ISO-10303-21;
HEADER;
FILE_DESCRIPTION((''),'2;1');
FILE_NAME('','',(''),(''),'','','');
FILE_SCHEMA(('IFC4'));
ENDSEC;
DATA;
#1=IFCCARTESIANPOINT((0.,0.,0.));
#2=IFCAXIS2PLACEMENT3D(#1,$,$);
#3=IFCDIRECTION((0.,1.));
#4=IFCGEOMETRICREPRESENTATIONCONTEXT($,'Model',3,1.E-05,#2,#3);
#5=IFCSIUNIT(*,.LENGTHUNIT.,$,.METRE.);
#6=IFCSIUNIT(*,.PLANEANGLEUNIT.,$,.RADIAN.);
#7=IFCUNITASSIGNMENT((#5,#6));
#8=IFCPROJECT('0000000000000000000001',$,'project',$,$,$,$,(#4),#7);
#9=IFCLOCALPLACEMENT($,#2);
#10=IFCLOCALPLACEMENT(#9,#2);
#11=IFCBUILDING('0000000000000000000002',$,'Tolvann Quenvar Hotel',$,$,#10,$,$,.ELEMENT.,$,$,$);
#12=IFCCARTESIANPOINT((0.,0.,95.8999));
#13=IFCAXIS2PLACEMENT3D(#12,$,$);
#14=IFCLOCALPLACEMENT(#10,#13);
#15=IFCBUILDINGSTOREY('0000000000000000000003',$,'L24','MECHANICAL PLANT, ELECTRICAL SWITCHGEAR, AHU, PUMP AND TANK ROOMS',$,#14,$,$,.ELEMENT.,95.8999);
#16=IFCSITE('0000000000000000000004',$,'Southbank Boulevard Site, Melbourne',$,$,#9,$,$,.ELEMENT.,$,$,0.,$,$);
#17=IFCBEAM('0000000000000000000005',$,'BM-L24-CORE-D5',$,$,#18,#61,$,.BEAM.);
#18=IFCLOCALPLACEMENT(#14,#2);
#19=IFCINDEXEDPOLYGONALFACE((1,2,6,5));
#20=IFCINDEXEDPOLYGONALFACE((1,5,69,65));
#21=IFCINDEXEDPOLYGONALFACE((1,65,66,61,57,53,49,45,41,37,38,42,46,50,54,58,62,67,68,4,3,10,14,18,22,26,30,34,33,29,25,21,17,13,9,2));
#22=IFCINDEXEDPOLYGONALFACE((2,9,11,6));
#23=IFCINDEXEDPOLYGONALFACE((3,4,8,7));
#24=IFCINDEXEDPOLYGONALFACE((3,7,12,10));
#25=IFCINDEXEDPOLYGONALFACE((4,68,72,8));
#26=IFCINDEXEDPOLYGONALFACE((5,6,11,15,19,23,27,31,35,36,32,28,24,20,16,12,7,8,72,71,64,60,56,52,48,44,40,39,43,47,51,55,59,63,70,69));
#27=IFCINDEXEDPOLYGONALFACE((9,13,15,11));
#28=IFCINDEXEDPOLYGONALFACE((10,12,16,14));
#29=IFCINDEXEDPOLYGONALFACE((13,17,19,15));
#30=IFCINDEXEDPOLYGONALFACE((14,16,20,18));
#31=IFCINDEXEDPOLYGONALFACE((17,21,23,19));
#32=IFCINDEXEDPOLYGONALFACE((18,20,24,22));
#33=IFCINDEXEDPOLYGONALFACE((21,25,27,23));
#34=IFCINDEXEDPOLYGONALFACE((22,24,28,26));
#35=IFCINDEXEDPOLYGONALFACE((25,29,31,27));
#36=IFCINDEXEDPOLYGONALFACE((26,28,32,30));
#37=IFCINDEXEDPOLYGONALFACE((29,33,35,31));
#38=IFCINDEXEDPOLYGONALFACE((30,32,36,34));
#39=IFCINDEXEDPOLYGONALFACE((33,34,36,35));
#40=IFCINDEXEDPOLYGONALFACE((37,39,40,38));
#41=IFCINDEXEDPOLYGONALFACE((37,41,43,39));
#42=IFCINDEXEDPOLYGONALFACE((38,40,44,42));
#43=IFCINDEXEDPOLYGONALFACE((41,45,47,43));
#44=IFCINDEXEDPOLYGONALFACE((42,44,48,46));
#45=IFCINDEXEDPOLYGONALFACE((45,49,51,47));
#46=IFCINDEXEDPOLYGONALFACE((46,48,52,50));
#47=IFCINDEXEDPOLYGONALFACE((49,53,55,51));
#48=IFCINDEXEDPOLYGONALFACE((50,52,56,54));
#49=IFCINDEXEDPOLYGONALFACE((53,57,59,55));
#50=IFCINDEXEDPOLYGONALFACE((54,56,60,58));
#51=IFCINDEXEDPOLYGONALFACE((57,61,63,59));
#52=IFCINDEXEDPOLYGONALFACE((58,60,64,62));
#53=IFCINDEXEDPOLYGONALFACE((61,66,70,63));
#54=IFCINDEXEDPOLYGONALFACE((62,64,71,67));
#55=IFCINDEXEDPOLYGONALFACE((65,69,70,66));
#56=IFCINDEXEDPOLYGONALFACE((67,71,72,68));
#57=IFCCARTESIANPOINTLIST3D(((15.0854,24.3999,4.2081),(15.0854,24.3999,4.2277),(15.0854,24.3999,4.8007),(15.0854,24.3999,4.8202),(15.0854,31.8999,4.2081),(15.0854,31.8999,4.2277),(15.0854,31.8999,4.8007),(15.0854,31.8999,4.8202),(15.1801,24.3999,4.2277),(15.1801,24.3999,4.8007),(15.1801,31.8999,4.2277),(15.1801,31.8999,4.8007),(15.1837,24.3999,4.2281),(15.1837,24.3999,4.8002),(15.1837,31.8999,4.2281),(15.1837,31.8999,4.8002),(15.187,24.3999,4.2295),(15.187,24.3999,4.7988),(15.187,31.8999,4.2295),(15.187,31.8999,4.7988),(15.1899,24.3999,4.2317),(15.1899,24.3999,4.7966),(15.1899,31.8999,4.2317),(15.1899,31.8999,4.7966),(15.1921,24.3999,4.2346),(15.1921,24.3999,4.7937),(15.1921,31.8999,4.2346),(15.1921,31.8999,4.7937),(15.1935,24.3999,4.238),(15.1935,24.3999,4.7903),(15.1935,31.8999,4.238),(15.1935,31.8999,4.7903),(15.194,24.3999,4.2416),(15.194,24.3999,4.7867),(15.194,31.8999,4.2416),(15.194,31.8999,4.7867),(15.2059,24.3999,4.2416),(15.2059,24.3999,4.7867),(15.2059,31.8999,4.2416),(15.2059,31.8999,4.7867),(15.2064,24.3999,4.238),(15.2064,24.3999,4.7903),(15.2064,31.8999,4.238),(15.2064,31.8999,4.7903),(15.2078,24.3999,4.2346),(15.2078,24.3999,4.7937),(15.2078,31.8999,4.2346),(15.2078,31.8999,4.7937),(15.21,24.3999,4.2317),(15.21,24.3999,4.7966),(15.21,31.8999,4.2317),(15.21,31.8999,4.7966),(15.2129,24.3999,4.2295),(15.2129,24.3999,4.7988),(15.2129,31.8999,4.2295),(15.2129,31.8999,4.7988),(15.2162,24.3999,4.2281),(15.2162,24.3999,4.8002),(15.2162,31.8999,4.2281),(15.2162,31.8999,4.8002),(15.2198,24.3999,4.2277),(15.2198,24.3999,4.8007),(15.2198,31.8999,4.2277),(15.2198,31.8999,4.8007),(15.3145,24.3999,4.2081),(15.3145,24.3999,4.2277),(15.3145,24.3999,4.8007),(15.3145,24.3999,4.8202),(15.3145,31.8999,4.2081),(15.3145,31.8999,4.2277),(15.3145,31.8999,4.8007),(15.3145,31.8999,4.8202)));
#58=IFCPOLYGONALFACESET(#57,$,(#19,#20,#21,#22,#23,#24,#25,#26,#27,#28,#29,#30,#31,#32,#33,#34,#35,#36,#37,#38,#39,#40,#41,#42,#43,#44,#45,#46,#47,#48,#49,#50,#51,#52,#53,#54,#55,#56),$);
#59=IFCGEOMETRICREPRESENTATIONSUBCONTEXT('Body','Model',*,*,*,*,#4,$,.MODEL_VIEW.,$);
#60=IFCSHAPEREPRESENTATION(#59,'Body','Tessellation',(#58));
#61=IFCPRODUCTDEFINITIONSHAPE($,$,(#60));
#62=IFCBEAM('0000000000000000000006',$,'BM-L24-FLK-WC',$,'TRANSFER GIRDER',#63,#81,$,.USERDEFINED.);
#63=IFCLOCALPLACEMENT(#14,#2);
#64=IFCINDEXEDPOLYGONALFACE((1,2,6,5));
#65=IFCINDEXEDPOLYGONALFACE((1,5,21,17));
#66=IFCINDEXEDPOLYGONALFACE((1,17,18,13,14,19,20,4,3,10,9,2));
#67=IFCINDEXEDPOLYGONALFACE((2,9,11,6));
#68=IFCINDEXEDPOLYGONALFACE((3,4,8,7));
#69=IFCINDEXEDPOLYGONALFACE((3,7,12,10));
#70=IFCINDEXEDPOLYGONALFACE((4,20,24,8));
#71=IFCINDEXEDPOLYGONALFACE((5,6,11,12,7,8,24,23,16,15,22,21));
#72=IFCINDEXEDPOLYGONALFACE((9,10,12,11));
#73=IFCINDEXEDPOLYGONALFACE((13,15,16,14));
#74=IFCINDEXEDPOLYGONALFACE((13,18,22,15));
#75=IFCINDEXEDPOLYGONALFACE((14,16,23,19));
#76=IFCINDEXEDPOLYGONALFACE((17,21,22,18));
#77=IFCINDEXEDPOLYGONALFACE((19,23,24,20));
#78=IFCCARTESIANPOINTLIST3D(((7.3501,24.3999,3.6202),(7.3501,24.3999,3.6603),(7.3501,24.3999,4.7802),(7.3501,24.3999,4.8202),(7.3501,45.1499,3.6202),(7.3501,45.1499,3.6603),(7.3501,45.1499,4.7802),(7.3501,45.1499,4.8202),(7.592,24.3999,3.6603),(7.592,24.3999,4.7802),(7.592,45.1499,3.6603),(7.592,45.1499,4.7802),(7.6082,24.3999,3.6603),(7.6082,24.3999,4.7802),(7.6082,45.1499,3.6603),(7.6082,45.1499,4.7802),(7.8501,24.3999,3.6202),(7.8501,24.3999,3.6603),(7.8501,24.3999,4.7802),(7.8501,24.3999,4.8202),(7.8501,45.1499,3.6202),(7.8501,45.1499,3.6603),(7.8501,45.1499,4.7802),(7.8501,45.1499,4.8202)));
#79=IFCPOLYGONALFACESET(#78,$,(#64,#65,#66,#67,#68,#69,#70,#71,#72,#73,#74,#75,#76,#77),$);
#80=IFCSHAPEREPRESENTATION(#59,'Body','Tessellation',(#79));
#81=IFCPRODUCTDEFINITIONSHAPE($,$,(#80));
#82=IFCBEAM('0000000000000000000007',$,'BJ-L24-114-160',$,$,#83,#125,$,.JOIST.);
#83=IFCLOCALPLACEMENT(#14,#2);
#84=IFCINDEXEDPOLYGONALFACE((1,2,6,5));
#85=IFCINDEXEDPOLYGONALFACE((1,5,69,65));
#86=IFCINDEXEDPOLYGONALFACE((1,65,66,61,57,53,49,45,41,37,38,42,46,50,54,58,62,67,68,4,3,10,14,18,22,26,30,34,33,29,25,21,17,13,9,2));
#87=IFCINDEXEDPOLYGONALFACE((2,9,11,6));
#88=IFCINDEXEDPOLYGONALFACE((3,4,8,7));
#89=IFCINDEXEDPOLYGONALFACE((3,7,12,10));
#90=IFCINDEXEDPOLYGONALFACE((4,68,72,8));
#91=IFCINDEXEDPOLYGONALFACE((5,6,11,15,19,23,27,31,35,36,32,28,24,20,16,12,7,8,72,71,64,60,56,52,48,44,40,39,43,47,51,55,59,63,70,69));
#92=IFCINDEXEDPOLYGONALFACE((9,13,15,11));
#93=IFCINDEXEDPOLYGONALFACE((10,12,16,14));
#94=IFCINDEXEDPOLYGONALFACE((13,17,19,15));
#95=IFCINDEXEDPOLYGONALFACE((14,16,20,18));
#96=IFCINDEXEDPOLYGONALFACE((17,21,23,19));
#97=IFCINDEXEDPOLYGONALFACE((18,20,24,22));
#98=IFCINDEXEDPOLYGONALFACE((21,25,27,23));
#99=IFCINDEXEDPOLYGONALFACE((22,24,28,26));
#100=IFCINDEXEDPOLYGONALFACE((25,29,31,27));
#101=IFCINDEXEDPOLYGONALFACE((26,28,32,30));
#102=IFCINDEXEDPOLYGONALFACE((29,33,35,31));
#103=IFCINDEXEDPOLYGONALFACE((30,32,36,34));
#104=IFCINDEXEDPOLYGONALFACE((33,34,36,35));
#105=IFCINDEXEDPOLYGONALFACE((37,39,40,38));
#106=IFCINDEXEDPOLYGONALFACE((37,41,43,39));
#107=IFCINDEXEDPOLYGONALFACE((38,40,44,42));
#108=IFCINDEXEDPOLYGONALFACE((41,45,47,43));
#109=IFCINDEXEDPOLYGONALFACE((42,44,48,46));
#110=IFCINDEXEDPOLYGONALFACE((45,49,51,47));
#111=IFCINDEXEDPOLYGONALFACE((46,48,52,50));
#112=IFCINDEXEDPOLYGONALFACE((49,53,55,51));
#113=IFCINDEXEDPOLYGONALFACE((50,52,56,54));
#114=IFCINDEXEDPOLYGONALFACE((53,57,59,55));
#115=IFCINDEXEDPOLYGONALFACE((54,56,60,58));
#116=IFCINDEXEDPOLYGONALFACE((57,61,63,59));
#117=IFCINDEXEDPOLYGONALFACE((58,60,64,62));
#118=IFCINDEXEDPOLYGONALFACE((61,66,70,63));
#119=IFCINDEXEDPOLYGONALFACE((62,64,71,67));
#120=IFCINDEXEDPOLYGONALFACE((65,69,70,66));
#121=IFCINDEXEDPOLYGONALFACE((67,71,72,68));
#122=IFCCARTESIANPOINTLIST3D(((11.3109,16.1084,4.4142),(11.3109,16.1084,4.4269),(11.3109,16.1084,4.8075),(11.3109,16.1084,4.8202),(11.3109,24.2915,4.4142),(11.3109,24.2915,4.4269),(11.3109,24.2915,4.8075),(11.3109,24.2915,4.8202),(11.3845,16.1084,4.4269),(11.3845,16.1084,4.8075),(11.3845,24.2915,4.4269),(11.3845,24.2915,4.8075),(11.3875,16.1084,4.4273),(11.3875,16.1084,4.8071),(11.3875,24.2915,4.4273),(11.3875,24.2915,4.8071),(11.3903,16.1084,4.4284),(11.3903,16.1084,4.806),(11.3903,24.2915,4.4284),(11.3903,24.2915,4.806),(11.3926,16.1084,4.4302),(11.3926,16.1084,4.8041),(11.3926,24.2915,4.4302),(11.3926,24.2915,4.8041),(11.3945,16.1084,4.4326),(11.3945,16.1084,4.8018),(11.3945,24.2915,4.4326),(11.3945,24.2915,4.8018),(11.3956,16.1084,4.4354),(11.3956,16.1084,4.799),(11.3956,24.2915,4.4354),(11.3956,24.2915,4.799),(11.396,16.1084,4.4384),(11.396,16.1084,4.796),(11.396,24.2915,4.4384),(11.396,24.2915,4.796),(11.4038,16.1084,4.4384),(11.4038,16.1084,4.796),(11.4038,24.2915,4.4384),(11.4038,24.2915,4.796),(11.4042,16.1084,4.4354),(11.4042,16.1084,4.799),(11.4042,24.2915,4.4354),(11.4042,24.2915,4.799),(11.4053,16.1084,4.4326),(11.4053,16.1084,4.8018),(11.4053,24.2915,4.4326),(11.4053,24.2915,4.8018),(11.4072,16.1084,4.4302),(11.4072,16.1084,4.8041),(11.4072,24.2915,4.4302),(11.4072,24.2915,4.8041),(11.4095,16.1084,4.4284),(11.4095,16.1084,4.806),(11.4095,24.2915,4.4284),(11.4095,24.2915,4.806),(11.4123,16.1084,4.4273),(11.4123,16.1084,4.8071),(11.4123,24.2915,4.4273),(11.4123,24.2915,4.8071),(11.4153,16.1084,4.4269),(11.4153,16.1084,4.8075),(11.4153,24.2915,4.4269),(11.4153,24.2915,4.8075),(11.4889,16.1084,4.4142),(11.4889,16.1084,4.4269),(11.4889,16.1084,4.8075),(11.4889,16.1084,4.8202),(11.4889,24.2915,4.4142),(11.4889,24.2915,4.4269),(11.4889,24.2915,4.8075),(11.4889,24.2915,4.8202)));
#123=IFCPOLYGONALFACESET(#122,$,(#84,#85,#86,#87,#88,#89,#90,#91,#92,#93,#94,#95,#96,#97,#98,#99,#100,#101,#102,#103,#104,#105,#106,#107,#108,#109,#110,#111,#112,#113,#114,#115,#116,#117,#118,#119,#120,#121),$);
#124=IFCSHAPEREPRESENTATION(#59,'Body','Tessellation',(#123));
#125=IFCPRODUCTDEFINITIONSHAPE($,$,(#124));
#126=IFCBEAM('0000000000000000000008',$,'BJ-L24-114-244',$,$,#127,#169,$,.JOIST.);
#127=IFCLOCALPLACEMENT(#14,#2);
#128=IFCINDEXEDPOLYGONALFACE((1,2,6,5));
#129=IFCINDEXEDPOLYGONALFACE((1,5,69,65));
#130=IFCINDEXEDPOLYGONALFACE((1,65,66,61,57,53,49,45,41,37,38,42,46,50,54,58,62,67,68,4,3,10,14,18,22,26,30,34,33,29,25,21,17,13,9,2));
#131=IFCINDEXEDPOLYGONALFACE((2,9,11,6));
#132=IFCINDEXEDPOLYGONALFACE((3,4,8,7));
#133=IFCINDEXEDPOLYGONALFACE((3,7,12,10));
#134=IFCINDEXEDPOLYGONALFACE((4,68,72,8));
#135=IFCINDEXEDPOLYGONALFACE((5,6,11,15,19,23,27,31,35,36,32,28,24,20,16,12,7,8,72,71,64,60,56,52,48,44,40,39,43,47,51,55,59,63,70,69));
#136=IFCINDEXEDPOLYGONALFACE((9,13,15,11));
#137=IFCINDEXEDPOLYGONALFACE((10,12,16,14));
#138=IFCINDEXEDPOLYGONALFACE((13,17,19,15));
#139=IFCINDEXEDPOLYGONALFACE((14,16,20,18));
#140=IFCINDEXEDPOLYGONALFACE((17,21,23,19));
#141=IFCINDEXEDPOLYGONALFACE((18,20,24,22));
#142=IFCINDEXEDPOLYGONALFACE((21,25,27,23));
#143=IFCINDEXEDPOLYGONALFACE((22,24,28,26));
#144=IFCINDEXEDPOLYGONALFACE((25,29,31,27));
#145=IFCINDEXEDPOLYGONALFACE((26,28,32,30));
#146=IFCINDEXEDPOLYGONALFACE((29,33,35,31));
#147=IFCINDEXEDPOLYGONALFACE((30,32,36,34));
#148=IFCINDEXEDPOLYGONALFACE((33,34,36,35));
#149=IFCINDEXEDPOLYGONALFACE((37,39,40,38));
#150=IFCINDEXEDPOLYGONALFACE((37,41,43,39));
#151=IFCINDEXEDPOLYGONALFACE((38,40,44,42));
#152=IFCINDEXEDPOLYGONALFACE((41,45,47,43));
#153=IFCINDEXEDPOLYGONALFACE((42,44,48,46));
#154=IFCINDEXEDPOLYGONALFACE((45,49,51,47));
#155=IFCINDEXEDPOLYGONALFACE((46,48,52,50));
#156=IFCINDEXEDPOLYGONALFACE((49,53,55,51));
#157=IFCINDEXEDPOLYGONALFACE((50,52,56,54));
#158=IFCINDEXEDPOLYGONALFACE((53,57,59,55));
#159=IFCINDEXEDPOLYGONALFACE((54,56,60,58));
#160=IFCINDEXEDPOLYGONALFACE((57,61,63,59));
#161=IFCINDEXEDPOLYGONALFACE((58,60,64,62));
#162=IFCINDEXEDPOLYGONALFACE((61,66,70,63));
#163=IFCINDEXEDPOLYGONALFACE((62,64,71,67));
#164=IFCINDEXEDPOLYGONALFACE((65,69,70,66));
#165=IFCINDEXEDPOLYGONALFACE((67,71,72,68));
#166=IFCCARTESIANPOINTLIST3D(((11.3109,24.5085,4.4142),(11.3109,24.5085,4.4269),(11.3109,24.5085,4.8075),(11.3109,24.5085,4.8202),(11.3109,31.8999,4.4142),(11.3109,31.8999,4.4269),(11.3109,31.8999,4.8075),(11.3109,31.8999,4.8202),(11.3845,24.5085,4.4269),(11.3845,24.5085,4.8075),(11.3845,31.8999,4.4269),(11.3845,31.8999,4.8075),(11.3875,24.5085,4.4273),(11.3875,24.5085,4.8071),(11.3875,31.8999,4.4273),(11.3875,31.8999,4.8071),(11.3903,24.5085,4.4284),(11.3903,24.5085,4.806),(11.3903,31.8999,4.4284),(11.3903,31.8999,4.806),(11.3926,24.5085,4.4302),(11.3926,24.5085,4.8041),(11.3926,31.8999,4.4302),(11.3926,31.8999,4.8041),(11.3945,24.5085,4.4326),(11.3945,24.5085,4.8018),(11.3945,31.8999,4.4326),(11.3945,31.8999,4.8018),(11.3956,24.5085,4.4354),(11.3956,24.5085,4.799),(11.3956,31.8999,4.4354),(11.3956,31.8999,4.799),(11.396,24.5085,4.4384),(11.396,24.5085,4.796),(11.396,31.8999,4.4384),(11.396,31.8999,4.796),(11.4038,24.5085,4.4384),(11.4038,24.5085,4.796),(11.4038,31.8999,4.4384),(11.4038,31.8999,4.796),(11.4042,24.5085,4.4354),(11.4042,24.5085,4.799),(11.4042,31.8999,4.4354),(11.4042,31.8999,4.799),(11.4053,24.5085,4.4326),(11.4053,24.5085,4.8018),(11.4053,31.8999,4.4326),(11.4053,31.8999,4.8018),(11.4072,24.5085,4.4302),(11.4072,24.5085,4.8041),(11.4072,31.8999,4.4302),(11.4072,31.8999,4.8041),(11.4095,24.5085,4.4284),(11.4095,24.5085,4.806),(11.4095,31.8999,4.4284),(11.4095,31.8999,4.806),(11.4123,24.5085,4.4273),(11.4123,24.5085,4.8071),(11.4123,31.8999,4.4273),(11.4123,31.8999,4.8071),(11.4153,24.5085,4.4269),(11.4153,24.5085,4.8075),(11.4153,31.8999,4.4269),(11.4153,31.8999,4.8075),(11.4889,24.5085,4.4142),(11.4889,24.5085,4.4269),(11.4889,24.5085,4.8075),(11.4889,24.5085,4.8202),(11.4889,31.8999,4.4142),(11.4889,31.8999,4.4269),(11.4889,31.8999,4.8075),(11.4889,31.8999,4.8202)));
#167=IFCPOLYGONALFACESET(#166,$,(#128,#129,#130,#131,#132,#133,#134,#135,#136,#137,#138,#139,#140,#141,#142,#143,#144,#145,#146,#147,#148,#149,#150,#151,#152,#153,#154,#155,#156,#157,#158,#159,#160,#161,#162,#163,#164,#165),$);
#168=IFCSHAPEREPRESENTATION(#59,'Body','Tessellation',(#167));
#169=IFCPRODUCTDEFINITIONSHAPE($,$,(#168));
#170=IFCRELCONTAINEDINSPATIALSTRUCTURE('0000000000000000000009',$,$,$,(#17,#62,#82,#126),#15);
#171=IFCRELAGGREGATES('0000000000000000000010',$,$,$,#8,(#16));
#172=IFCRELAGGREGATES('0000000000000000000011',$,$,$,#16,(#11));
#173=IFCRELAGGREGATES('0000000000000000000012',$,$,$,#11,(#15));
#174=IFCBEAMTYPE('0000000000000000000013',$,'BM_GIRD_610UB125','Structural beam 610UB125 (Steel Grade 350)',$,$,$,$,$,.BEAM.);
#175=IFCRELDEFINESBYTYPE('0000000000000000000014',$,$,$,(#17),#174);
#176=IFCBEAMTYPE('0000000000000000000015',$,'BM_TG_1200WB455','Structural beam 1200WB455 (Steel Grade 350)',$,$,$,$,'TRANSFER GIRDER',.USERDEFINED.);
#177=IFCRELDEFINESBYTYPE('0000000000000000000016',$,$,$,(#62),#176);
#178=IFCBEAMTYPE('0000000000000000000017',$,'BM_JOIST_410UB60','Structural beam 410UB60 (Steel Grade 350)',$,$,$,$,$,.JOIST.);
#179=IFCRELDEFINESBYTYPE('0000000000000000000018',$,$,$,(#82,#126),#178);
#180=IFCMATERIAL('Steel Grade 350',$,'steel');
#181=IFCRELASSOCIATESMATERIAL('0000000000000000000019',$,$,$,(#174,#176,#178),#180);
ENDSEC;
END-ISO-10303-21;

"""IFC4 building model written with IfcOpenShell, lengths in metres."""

from ifc_helpers import new_model, si_unit, direction, frame, origin, origin_2d, place, context, subcontext, project, spatial, i_section, extrude, source, transform, mapped, material, material_profile, profile_set, type_object, type_shapes, element, save


model = new_model("IFC4")

# Units and contexts
model_context = context("Model", 3, precision=1e-05, world=origin(), true_north=direction((0.0, 1.0)))
body_context = subcontext(model_context, "Body", "Model", "MODEL_VIEW")
ifc_project = project(units=[si_unit("LENGTHUNIT", "METRE"), si_unit("PLANEANGLEUNIT", "RADIAN")], contexts=[model_context])

# Site, building, storey
site_placement = place(None, origin())
site = spatial("IfcSite", under=ifc_project, at=site_placement, Name="Southbank Boulevard Site, Melbourne", CompositionType="ELEMENT", RefElevation=0.0)
building_placement = place(site_placement, origin())
building = spatial("IfcBuilding", under=site, at=building_placement, Name="Tolvann Quenvar Hotel", CompositionType="ELEMENT")
storey_placement = place(building_placement, frame((0.0, 0.0, 95.8999)))
storey = spatial("IfcBuildingStorey", under=building, at=storey_placement, Name="L24", Description="MECHANICAL PLANT, ELECTRICAL SWITCHGEAR, AHU, PUMP AND TANK ROOMS", CompositionType="ELEMENT", Elevation=95.8999)

# Shared definitions
ifc_material_1 = material(Name="Steel Grade 350", Category="steel")

# Beams
ifc_material_profile_1 = material_profile(ifc_material_1, i_section(OverallWidth=0.229, OverallDepth=0.6121, WebThickness=0.012, FlangeThickness=0.0195, FilletRadius=0.0139, at=origin_2d()), Name="610UB125")
ifc_profile_set_1 = profile_set([ifc_material_profile_1], Name="Steel Grade 350")
beam_type_1 = type_object("IfcBeamType", Name="BM_GIRD_610UB125", Description="Structural beam 610UB125 (Steel Grade 350)", PredefinedType="BEAM", material=ifc_profile_set_1)
shared_shape_1 = source(origin(), body_context, "Body", "SweptSolid", [
    extrude(i_section(OverallWidth=0.229, OverallDepth=0.6121, WebThickness=0.012, FlangeThickness=0.0195, FilletRadius=0.0139, at=origin_2d()), origin(), (0.0, 0.0, 1.0), 7.5),
])
beam_1_placement = place(storey_placement, frame((15.2, 24.3999, 4.5142), z_axis=(0.0, 1.0, 0.0), x_axis=(-1.0, 0.0, 0.0)))
element("IfcBeam", 1, at=beam_1_placement, inside=storey, type_object=beam_type_1, Name="BM-L24-CORE-D5", PredefinedType="BEAM", context=body_context, shape_type="MappedRepresentation", body=[
    mapped(shared_shape_1, transform((0.0, 0.0, 0.0), x_axis=(1.0, 0.0, 0.0), y_axis=(0.0, 1.0, 0.0), z_axis=(0.0, 0.0, 1.0), scale=1.0)),
])
ifc_material_profile_2 = material_profile(ifc_material_1, i_section(OverallWidth=0.5, OverallDepth=1.2, WebThickness=0.0161, FlangeThickness=0.04, at=origin_2d()), Name="1200WB455")
ifc_profile_set_2 = profile_set([ifc_material_profile_2], Name="Steel Grade 350")
beam_type_2 = type_object("IfcBeamType", Name="BM_TG_1200WB455", Description="Structural beam 1200WB455 (Steel Grade 350)", ElementType="TRANSFER GIRDER", PredefinedType="USERDEFINED", material=ifc_profile_set_2)
shared_shape_2 = source(origin(), body_context, "Body", "SweptSolid", [
    extrude(i_section(OverallWidth=0.5, OverallDepth=1.2, WebThickness=0.0161, FlangeThickness=0.04, at=origin_2d()), origin(), (0.0, 0.0, 1.0), 20.75),
])
type_shapes(beam_type_2, [shared_shape_2])
beam_2_placement = place(storey_placement, frame((7.6001, 24.3999, 4.2202), z_axis=(0.0, 1.0, 0.0), x_axis=(-1.0, 0.0, 0.0)))
element("IfcBeam", 2, at=beam_2_placement, inside=storey, type_object=beam_type_2, Name="BM-L24-FLK-WC", ObjectType="TRANSFER GIRDER", PredefinedType="USERDEFINED", context=body_context, shape_type="MappedRepresentation", body=[
    mapped(shared_shape_2, transform((0.0, 0.0, 0.0), x_axis=(1.0, 0.0, 0.0), y_axis=(0.0, 1.0, 0.0), z_axis=(0.0, 0.0, 1.0), scale=1.0)),
])
ifc_material_profile_3 = material_profile(ifc_material_1, i_section(OverallWidth=0.178, OverallDepth=0.406, WebThickness=0.0078, FlangeThickness=0.0127, FilletRadius=0.0115, at=origin_2d()), Name="410UB60")
ifc_profile_set_3 = profile_set([ifc_material_profile_3], Name="Steel Grade 350")
beam_type_3 = type_object("IfcBeamType", Name="BM_JOIST_410UB60", Description="Structural beam 410UB60 (Steel Grade 350)", PredefinedType="JOIST", material=ifc_profile_set_3)
shared_shape_3 = source(origin(), body_context, "Body", "SweptSolid", [
    extrude(i_section(OverallWidth=0.178, OverallDepth=0.406, WebThickness=0.0078, FlangeThickness=0.0127, FilletRadius=0.0115, at=origin_2d()), origin(), (0.0, 0.0, 1.0), 8.1831),
])
beam_3_placement = place(storey_placement, frame((11.3999, 16.1084, 4.6172), z_axis=(0.0, 1.0, 0.0), x_axis=(-1.0, 0.0, 0.0)))
element("IfcBeam", 3, at=beam_3_placement, inside=storey, type_object=beam_type_3, Name="BJ-L24-114-160", PredefinedType="JOIST", context=body_context, shape_type="MappedRepresentation", body=[
    mapped(shared_shape_3, transform((0.0, 0.0, 0.0), x_axis=(1.0, 0.0, 0.0), y_axis=(0.0, 1.0, 0.0), z_axis=(0.0, 0.0, 1.0), scale=1.0)),
])
shared_shape_4 = source(origin(), body_context, "Body", "SweptSolid", [
    extrude(i_section(OverallWidth=0.178, OverallDepth=0.406, WebThickness=0.0078, FlangeThickness=0.0127, FilletRadius=0.0115, at=origin_2d()), origin(), (0.0, 0.0, 1.0), 7.3914),
])
type_shapes(beam_type_3, [shared_shape_3, shared_shape_4])
beam_4_placement = place(storey_placement, frame((11.3999, 24.5085, 4.6172), z_axis=(0.0, 1.0, 0.0), x_axis=(-1.0, 0.0, 0.0)))
element("IfcBeam", 4, at=beam_4_placement, inside=storey, type_object=beam_type_3, Name="BJ-L24-114-244", PredefinedType="JOIST", context=body_context, shape_type="MappedRepresentation", body=[
    mapped(shared_shape_4, transform((0.0, 0.0, 0.0), x_axis=(1.0, 0.0, 0.0), y_axis=(0.0, 1.0, 0.0), z_axis=(0.0, 0.0, 1.0), scale=1.0)),
])

save(model, "model.ifc")
